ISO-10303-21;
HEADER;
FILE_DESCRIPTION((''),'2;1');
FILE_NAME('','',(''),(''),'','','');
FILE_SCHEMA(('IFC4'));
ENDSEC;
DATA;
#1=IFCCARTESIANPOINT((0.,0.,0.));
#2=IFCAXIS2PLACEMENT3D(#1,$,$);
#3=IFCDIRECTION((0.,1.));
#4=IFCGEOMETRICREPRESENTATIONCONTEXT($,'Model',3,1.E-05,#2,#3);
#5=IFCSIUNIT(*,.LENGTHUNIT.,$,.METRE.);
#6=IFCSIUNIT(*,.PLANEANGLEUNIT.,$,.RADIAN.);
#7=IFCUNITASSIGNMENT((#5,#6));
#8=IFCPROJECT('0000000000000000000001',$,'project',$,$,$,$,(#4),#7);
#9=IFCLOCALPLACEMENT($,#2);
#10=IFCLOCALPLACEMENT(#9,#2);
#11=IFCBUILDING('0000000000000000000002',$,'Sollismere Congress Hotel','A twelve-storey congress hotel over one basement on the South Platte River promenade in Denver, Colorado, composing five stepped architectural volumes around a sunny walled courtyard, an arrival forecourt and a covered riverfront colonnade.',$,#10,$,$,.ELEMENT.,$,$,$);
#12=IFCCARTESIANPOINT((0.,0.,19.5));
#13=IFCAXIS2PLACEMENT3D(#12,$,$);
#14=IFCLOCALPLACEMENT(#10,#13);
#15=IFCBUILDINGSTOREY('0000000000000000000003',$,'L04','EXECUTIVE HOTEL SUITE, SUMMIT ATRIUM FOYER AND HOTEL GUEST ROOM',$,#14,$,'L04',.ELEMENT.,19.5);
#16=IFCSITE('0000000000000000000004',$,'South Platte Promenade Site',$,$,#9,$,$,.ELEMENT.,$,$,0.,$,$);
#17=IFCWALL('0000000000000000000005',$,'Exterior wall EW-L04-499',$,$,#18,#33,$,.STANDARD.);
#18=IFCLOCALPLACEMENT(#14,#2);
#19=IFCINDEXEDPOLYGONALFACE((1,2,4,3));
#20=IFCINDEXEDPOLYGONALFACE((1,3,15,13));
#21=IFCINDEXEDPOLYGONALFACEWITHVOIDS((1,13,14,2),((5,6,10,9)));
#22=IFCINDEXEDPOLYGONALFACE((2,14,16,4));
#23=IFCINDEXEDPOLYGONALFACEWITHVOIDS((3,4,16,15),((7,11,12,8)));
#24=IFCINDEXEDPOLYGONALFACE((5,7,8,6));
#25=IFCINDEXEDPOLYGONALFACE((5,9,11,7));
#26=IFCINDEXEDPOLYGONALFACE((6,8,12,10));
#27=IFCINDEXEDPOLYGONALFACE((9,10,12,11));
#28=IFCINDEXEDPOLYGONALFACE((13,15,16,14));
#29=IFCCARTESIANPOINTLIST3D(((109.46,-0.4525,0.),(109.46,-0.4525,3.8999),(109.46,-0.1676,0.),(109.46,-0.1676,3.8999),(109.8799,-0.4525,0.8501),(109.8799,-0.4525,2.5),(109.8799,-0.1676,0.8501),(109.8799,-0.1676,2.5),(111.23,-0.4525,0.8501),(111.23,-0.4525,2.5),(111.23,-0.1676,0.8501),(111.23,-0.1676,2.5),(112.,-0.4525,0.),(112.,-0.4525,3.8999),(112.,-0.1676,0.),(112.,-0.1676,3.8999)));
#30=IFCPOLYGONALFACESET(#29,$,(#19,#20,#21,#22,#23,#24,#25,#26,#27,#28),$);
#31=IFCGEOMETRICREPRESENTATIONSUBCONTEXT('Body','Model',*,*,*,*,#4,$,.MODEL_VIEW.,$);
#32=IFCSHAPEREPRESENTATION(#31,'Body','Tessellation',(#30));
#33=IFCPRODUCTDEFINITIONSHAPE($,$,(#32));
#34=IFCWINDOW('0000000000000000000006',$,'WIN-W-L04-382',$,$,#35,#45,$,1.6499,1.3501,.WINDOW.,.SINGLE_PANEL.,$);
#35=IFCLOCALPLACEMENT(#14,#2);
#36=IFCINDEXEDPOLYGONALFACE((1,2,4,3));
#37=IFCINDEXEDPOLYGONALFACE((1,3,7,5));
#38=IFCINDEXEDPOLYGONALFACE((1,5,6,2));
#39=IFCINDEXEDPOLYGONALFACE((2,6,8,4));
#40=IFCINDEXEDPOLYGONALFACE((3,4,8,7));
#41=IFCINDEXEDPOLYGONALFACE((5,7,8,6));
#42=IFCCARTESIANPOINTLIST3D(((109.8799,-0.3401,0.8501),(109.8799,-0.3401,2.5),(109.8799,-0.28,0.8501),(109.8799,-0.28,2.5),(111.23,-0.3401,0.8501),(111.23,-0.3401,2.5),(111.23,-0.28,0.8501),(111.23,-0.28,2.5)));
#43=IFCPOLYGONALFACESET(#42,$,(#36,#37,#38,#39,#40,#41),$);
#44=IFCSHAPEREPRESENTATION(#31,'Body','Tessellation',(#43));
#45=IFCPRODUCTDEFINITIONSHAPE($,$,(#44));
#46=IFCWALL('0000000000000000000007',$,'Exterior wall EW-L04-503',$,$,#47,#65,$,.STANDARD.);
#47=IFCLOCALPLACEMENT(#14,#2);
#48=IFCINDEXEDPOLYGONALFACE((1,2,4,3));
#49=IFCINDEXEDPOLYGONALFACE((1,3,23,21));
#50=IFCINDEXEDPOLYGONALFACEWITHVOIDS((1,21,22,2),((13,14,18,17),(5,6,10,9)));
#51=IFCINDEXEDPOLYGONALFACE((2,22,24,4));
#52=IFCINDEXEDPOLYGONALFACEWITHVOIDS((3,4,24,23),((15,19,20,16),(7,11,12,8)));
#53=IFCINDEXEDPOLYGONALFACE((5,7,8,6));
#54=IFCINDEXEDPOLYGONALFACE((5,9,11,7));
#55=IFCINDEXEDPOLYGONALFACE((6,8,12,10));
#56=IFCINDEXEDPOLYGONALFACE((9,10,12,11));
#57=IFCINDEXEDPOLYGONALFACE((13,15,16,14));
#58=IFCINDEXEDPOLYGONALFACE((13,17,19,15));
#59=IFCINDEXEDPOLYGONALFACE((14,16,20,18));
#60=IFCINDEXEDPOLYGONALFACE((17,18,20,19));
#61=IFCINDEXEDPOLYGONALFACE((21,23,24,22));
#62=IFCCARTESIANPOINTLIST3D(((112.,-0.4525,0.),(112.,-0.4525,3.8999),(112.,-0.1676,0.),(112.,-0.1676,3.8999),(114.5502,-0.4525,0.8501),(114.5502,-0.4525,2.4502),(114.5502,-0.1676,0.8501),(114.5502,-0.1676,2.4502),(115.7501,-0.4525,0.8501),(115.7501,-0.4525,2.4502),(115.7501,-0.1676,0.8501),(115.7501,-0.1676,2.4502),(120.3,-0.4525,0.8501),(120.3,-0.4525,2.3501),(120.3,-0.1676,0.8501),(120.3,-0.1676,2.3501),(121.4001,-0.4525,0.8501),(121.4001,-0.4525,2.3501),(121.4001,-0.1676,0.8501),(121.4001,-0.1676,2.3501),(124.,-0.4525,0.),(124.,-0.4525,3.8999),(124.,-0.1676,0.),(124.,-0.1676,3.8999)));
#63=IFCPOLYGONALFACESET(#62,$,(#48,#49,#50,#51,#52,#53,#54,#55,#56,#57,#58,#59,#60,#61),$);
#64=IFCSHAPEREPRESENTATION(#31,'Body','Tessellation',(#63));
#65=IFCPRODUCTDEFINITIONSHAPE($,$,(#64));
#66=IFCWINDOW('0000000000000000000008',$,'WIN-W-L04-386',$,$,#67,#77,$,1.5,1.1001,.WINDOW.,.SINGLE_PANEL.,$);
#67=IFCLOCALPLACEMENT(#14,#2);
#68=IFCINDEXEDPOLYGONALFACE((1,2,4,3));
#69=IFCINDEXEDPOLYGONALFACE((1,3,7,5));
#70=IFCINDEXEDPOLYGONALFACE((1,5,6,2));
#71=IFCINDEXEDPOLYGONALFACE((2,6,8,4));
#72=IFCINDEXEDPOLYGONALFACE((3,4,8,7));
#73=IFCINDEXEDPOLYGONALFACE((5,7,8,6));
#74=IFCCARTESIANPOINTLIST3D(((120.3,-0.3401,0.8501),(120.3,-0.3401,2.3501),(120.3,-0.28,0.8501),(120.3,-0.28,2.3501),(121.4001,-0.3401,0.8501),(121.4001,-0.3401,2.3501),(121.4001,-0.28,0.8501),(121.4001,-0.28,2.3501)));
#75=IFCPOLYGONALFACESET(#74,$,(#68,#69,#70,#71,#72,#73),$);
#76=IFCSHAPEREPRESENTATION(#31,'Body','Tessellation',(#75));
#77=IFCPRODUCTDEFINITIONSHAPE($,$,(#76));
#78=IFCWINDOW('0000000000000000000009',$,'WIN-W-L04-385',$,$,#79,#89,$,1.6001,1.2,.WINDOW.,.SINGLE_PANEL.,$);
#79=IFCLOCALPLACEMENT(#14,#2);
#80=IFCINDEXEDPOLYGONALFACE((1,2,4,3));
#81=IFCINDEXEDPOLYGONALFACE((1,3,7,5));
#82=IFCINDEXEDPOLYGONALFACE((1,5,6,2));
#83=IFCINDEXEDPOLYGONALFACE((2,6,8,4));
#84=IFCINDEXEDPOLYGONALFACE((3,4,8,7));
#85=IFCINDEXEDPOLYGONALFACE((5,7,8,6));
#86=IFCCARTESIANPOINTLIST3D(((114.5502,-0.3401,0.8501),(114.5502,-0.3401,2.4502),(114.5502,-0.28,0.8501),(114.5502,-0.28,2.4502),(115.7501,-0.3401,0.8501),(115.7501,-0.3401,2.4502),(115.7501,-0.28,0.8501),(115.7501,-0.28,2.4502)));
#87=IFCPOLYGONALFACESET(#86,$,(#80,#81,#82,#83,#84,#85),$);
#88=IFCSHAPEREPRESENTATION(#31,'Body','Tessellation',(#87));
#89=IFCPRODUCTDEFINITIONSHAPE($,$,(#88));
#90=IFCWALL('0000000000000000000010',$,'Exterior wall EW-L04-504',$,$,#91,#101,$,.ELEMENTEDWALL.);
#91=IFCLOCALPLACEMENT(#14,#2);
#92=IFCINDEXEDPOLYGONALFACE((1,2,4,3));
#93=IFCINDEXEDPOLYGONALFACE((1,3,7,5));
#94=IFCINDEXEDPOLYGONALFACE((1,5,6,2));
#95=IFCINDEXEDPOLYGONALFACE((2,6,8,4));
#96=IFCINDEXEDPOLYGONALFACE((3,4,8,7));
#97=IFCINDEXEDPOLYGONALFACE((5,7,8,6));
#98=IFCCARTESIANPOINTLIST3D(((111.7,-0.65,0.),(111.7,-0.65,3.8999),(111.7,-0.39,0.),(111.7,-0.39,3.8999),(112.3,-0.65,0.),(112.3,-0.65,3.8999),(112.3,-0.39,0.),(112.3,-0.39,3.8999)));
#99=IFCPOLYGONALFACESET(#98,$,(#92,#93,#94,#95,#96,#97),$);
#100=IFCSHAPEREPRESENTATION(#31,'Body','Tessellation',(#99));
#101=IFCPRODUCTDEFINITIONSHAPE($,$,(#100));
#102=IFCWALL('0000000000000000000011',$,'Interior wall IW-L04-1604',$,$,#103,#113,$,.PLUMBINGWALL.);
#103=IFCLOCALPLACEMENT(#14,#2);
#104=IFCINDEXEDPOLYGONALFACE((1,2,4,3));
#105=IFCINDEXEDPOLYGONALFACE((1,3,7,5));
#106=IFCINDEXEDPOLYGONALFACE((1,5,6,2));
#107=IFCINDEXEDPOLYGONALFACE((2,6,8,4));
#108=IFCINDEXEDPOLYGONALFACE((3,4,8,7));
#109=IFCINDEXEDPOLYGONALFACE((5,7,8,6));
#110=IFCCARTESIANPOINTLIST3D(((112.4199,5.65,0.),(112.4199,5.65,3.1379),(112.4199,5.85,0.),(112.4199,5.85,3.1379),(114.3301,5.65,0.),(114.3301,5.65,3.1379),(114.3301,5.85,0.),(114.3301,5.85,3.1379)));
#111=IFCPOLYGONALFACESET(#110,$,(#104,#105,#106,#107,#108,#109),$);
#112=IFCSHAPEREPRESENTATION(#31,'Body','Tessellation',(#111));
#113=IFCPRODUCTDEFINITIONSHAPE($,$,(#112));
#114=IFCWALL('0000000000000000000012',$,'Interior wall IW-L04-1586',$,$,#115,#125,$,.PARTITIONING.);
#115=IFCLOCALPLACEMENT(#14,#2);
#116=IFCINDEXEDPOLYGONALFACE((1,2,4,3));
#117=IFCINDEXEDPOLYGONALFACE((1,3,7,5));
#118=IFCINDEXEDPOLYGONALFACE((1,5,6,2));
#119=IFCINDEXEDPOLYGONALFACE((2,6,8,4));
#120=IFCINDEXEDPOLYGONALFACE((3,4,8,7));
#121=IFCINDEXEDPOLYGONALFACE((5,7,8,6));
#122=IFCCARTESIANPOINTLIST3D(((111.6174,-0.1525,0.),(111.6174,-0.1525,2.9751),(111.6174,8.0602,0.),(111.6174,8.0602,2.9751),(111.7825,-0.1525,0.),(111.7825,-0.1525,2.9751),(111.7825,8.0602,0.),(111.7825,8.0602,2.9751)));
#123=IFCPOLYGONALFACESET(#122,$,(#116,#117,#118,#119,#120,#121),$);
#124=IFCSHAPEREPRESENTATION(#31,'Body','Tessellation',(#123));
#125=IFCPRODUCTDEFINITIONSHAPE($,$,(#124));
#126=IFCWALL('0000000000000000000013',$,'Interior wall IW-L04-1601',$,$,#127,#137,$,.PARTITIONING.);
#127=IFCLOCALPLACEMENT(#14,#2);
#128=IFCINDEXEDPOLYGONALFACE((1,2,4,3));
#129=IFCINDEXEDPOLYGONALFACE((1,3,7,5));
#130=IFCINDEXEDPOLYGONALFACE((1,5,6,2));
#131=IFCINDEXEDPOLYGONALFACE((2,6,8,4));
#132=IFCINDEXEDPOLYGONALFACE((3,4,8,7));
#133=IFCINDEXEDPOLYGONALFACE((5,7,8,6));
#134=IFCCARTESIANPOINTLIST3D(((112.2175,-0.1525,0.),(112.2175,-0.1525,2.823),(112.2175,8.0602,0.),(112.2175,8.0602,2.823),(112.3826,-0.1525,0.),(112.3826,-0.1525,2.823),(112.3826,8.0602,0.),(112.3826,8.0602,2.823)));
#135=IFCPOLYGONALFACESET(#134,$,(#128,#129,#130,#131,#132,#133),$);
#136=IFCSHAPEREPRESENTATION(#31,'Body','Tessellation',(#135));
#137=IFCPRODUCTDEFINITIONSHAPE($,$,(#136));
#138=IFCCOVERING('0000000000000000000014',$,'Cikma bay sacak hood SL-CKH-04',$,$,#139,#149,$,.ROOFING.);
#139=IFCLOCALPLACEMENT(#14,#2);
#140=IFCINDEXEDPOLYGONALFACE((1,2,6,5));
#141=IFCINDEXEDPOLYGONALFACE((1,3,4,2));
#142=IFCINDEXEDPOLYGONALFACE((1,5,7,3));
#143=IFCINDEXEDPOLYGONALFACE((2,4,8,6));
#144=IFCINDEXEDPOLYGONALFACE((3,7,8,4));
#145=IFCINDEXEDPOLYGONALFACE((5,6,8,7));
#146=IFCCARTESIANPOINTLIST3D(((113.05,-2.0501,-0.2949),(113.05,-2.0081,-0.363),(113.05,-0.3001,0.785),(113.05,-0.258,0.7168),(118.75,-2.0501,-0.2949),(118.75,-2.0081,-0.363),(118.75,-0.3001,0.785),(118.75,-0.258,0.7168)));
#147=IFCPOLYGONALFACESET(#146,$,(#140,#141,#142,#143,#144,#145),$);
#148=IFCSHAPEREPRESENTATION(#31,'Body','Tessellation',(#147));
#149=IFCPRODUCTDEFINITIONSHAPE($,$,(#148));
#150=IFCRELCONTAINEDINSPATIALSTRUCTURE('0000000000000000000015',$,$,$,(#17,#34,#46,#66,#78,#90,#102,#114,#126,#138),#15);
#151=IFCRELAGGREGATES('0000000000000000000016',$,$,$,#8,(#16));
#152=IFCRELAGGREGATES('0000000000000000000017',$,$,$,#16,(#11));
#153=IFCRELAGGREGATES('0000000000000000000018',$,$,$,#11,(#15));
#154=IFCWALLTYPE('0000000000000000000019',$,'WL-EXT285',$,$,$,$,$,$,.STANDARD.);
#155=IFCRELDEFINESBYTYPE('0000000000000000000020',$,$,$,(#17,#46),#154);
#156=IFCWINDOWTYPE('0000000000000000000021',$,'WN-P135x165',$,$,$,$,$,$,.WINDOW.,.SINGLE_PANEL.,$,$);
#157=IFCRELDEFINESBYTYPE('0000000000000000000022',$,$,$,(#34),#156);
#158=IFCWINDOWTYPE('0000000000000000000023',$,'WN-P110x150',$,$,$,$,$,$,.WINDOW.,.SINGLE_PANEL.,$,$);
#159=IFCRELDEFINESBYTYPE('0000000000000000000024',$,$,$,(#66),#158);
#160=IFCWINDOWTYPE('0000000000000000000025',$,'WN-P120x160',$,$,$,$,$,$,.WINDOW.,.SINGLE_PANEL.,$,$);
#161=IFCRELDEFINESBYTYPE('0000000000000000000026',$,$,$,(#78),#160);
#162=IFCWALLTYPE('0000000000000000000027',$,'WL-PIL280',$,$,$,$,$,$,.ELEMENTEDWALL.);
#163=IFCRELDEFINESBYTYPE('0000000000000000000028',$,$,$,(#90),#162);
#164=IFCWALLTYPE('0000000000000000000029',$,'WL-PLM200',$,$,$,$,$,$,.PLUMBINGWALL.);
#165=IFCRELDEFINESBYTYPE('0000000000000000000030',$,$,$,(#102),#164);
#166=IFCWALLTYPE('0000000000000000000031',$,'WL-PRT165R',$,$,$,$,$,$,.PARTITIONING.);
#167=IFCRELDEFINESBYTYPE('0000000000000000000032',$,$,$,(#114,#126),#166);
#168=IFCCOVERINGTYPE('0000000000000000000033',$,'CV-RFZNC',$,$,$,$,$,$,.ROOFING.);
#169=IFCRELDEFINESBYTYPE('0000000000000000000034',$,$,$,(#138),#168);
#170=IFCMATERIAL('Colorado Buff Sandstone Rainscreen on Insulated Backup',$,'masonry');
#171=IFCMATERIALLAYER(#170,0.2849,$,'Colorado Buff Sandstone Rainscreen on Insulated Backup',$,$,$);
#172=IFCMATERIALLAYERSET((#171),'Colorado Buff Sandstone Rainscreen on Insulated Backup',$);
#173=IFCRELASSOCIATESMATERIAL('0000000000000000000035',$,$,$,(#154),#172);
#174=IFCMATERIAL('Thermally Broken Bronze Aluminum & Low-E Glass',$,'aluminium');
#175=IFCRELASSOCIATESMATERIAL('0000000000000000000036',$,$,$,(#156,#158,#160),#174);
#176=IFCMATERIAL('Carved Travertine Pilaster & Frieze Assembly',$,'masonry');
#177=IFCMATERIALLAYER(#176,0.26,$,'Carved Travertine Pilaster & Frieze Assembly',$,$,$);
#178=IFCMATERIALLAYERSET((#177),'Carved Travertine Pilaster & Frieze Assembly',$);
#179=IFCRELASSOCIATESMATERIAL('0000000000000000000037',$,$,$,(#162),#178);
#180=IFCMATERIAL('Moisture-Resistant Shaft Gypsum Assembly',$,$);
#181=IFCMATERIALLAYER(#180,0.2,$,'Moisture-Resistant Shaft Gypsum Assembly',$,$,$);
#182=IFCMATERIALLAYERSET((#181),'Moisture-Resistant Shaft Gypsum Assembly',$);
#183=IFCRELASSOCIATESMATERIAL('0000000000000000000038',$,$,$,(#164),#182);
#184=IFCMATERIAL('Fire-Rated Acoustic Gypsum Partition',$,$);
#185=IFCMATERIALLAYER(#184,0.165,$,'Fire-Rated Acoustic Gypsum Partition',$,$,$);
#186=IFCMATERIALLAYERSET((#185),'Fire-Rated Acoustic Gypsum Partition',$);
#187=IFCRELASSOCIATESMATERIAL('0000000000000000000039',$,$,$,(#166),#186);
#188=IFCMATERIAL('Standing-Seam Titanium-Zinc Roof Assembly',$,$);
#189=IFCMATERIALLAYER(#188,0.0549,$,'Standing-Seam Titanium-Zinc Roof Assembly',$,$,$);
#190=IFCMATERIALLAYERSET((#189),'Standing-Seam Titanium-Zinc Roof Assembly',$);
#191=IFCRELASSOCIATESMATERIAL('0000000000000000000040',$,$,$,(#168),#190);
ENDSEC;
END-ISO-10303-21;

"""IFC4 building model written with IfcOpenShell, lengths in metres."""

from ifc_helpers import new_model, si_unit, direction, frame, frame_2d, origin, place, context, subcontext, project, spatial, polyline, rectangle, outline, extrude, material, layer, layer_set, type_object, element, fill, save


model = new_model("IFC4")

# Units and contexts
model_context = context("Model", 3, precision=1e-05, world=origin(), true_north=direction((0.0, 1.0)))
body_context = subcontext(model_context, "Body", "Model", "MODEL_VIEW")
ifc_project = project(units=[si_unit("LENGTHUNIT", "METRE"), si_unit("PLANEANGLEUNIT", "RADIAN")], contexts=[model_context])

# Site, building, storey
site_placement = place(None, origin())
site = spatial("IfcSite", under=ifc_project, at=site_placement, Name="South Platte Promenade Site", CompositionType="ELEMENT", RefElevation=0.0)
building_placement = place(site_placement, origin())
building = spatial("IfcBuilding", under=site, at=building_placement, Name="Sollismere Congress Hotel", Description="A twelve-storey congress hotel over one basement on the South Platte River promenade in Denver, Colorado, composing five stepped architectural volumes around a sunny walled courtyard, an arrival forecourt and a covered riverfront colonnade.", CompositionType="ELEMENT")
storey_placement = place(building_placement, frame((0.0, 0.0, 19.5)))
storey = spatial("IfcBuildingStorey", under=building, at=storey_placement, Name="L04", Description="EXECUTIVE HOTEL SUITE, SUMMIT ATRIUM FOYER AND HOTEL GUEST ROOM", LongName="L04", CompositionType="ELEMENT", Elevation=19.5)

# Wall, opening, window
ifc_material_1 = material(Name="Colorado Buff Sandstone Rainscreen on Insulated Backup", Category="masonry")
ifc_layer_1 = layer(ifc_material_1, 0.2849, Name="Colorado Buff Sandstone Rainscreen on Insulated Backup")
ifc_layer_set_1 = layer_set([ifc_layer_1], Name="Colorado Buff Sandstone Rainscreen on Insulated Backup")
wall_type_1 = type_object("IfcWallType", Name="WL-EXT285", PredefinedType="STANDARD", material=ifc_layer_set_1)
wall_1_placement = place(storey_placement, frame((109.46, -0.3101, 0.0), z_axis=(0.0, 0.0, 1.0), x_axis=(1.0, 0.0, 0.0)))
wall_1 = element("IfcWall", 1, at=wall_1_placement, inside=storey, type_object=wall_type_1, Name="Exterior wall EW-L04-499", PredefinedType="STANDARD", context=body_context, shape_type="SweptSolid", body=[
    extrude(rectangle(XDim=2.54, YDim=0.2849, at=frame_2d((1.27, 0.0))), origin(), (0.0, 0.0, 1.0), 3.8999),
])
opening_1_placement = place(wall_1_placement, frame((0.4199, 0.0, 0.8501)))
opening_1 = element("IfcOpeningElement", 2, at=opening_1_placement, cuts=wall_1, PredefinedType="OPENING", context=body_context, shape_type="SweptSolid", body=[
    extrude(rectangle(XDim=1.3501, YDim=1.6499, at=frame_2d((0.675, 0.825))), frame((0.0, 0.1523, 0.0), z_axis=(0.0, -1.0, 0.0), x_axis=(1.0, 0.0, 0.0)), (0.0, 0.0, 1.0), 0.3049),
])
ifc_material_2 = material(Name="Thermally Broken Bronze Aluminum & Low-E Glass", Category="aluminium")
window_type_1 = type_object("IfcWindowType", Name="WN-P135x165", PartitioningType="SINGLE_PANEL", PredefinedType="WINDOW", material=ifc_material_2)
window_1_placement = place(opening_1_placement, origin())
window_1 = element("IfcWindow", 3, at=window_1_placement, inside=storey, type_object=window_type_1, Name="WIN-W-L04-382", OverallHeight=1.6499, OverallWidth=1.3501, PartitioningType="SINGLE_PANEL", PredefinedType="WINDOW", context=body_context, shape_type="SweptSolid", body=[
    extrude(rectangle(XDim=1.3501, YDim=1.6499, at=frame_2d((0.675, 0.825))), frame((0.0, 0.03, 0.0), z_axis=(0.0, -1.0, 0.0), x_axis=(1.0, 0.0, 0.0)), (0.0, 0.0, 1.0), 0.0601),
])
fill(opening_1, window_1)

# Wall, openings, windows
wall_2_placement = place(storey_placement, frame((112.0, -0.3101, 0.0), z_axis=(0.0, 0.0, 1.0), x_axis=(1.0, 0.0, 0.0)))
wall_2 = element("IfcWall", 4, at=wall_2_placement, inside=storey, type_object=wall_type_1, Name="Exterior wall EW-L04-503", PredefinedType="STANDARD", context=body_context, shape_type="SweptSolid", body=[
    extrude(rectangle(XDim=12.0, YDim=0.2849, at=frame_2d((6.0, 0.0))), origin(), (0.0, 0.0, 1.0), 3.8999),
])
opening_2_placement = place(wall_2_placement, frame((2.55, 0.0, 0.8501)))
opening_2 = element("IfcOpeningElement", 5, at=opening_2_placement, cuts=wall_2, PredefinedType="OPENING", context=body_context, shape_type="SweptSolid", body=[
    extrude(rectangle(XDim=1.2, YDim=1.6001, at=frame_2d((0.6001, 0.8))), frame((0.0, 0.1523, 0.0), z_axis=(0.0, -1.0, 0.0), x_axis=(1.0, 0.0, 0.0)), (0.0, 0.0, 1.0), 0.3049),
])
opening_3_placement = place(wall_2_placement, frame((8.3, 0.0, 0.8501)))
opening_3 = element("IfcOpeningElement", 6, at=opening_3_placement, cuts=wall_2, PredefinedType="OPENING", context=body_context, shape_type="SweptSolid", body=[
    extrude(rectangle(XDim=1.1001, YDim=1.5, at=frame_2d((0.55, 0.75))), frame((0.0, 0.1523, 0.0), z_axis=(0.0, -1.0, 0.0), x_axis=(1.0, 0.0, 0.0)), (0.0, 0.0, 1.0), 0.3049),
])
window_type_2 = type_object("IfcWindowType", Name="WN-P110x150", PartitioningType="SINGLE_PANEL", PredefinedType="WINDOW", material=ifc_material_2)
window_2_placement = place(opening_3_placement, origin())
window_2 = element("IfcWindow", 7, at=window_2_placement, inside=storey, type_object=window_type_2, Name="WIN-W-L04-386", OverallHeight=1.5, OverallWidth=1.1001, PartitioningType="SINGLE_PANEL", PredefinedType="WINDOW", context=body_context, shape_type="SweptSolid", body=[
    extrude(rectangle(XDim=1.1001, YDim=1.5, at=frame_2d((0.55, 0.75))), frame((0.0, 0.03, 0.0), z_axis=(0.0, -1.0, 0.0), x_axis=(1.0, 0.0, 0.0)), (0.0, 0.0, 1.0), 0.0601),
])
fill(opening_3, window_2)
window_type_3 = type_object("IfcWindowType", Name="WN-P120x160", PartitioningType="SINGLE_PANEL", PredefinedType="WINDOW", material=ifc_material_2)
window_3_placement = place(opening_2_placement, origin())
window_3 = element("IfcWindow", 8, at=window_3_placement, inside=storey, type_object=window_type_3, Name="WIN-W-L04-385", OverallHeight=1.6001, OverallWidth=1.2, PartitioningType="SINGLE_PANEL", PredefinedType="WINDOW", context=body_context, shape_type="SweptSolid", body=[
    extrude(rectangle(XDim=1.2, YDim=1.6001, at=frame_2d((0.6001, 0.8))), frame((0.0, 0.03, 0.0), z_axis=(0.0, -1.0, 0.0), x_axis=(1.0, 0.0, 0.0)), (0.0, 0.0, 1.0), 0.0601),
])
fill(opening_2, window_3)

# Walls
ifc_material_3 = material(Name="Carved Travertine Pilaster & Frieze Assembly", Category="masonry")
ifc_layer_2 = layer(ifc_material_3, 0.26, Name="Carved Travertine Pilaster & Frieze Assembly")
ifc_layer_set_2 = layer_set([ifc_layer_2], Name="Carved Travertine Pilaster & Frieze Assembly")
wall_type_2 = type_object("IfcWallType", Name="WL-PIL280", PredefinedType="ELEMENTEDWALL", material=ifc_layer_set_2)
wall_3_placement = place(storey_placement, frame((111.7, -0.52, 0.0), z_axis=(0.0, 0.0, 1.0), x_axis=(1.0, 0.0, 0.0)))
element("IfcWall", 9, at=wall_3_placement, inside=storey, type_object=wall_type_2, Name="Exterior wall EW-L04-504", PredefinedType="ELEMENTEDWALL", context=body_context, shape_type="SweptSolid", body=[
    extrude(rectangle(XDim=0.6001, YDim=0.26, at=frame_2d((0.3, 0.0))), origin(), (0.0, 0.0, 1.0), 3.8999),
])
ifc_material_4 = material(Name="Moisture-Resistant Shaft Gypsum Assembly")
ifc_layer_3 = layer(ifc_material_4, 0.2, Name="Moisture-Resistant Shaft Gypsum Assembly")
ifc_layer_set_3 = layer_set([ifc_layer_3], Name="Moisture-Resistant Shaft Gypsum Assembly")
wall_type_3 = type_object("IfcWallType", Name="WL-PLM200", PredefinedType="PLUMBINGWALL", material=ifc_layer_set_3)
wall_4_placement = place(storey_placement, frame((112.4199, 5.75, 0.0), z_axis=(0.0, 0.0, 1.0), x_axis=(1.0, 0.0, 0.0)))
element("IfcWall", 10, at=wall_4_placement, inside=storey, type_object=wall_type_3, Name="Interior wall IW-L04-1604", PredefinedType="PLUMBINGWALL", context=body_context, shape_type="SweptSolid", body=[
    extrude(rectangle(XDim=1.9102, YDim=0.2, at=frame_2d((0.9551, 0.0))), origin(), (0.0, 0.0, 1.0), 3.1379),
])

# Walls
ifc_material_5 = material(Name="Fire-Rated Acoustic Gypsum Partition")
ifc_layer_4 = layer(ifc_material_5, 0.165, Name="Fire-Rated Acoustic Gypsum Partition")
ifc_layer_set_4 = layer_set([ifc_layer_4], Name="Fire-Rated Acoustic Gypsum Partition")
wall_type_4 = type_object("IfcWallType", Name="WL-PRT165R", PredefinedType="PARTITIONING", material=ifc_layer_set_4)
wall_5_placement = place(storey_placement, frame((111.7, -0.1526, 0.0), z_axis=(0.0, 0.0, 1.0), x_axis=(0.0, 1.0, 0.0)))
element("IfcWall", 11, at=wall_5_placement, inside=storey, type_object=wall_type_4, Name="Interior wall IW-L04-1586", PredefinedType="PARTITIONING", context=body_context, shape_type="SweptSolid", body=[
    extrude(rectangle(XDim=8.2126, YDim=0.165, at=frame_2d((4.1064, 0.0))), origin(), (0.0, 0.0, 1.0), 2.9751),
])
wall_6_placement = place(storey_placement, frame((112.3, -0.1526, 0.0), z_axis=(0.0, 0.0, 1.0), x_axis=(0.0, 1.0, 0.0)))
element("IfcWall", 12, at=wall_6_placement, inside=storey, type_object=wall_type_4, Name="Interior wall IW-L04-1601", PredefinedType="PARTITIONING", context=body_context, shape_type="SweptSolid", body=[
    extrude(rectangle(XDim=8.2126, YDim=0.165, at=frame_2d((4.1064, 0.0))), origin(), (0.0, 0.0, 1.0), 2.823),
])

# Covering
ifc_material_6 = material(Name="Standing-Seam Titanium-Zinc Roof Assembly")
ifc_layer_5 = layer(ifc_material_6, 0.0549, Name="Standing-Seam Titanium-Zinc Roof Assembly")
ifc_layer_set_5 = layer_set([ifc_layer_5], Name="Standing-Seam Titanium-Zinc Roof Assembly")
covering_type = type_object("IfcCoveringType", Name="CV-RFZNC", PredefinedType="ROOFING", material=ifc_layer_set_5)
covering_placement = place(storey_placement, frame((113.05, -2.0081, -0.363), z_axis=(0.0, -0.525124, 0.851026), x_axis=(1.0, 0.0, 0.0)))
element("IfcCovering", 13, at=covering_placement, inside=storey, type_object=covering_type, Name="Cikma bay sacak hood SL-CKH-04", PredefinedType="ROOFING", context=body_context, shape_type="SweptSolid", body=[
    extrude(outline(polyline([(0.0, 0.0), (5.7, 0.0), (5.7, 2.0564), (0.0, 2.0564), (0.0, 0.0)])), origin(), (0.0, 0.0, 1.0), 0.0801),
])

save(model, "model.ifc")
